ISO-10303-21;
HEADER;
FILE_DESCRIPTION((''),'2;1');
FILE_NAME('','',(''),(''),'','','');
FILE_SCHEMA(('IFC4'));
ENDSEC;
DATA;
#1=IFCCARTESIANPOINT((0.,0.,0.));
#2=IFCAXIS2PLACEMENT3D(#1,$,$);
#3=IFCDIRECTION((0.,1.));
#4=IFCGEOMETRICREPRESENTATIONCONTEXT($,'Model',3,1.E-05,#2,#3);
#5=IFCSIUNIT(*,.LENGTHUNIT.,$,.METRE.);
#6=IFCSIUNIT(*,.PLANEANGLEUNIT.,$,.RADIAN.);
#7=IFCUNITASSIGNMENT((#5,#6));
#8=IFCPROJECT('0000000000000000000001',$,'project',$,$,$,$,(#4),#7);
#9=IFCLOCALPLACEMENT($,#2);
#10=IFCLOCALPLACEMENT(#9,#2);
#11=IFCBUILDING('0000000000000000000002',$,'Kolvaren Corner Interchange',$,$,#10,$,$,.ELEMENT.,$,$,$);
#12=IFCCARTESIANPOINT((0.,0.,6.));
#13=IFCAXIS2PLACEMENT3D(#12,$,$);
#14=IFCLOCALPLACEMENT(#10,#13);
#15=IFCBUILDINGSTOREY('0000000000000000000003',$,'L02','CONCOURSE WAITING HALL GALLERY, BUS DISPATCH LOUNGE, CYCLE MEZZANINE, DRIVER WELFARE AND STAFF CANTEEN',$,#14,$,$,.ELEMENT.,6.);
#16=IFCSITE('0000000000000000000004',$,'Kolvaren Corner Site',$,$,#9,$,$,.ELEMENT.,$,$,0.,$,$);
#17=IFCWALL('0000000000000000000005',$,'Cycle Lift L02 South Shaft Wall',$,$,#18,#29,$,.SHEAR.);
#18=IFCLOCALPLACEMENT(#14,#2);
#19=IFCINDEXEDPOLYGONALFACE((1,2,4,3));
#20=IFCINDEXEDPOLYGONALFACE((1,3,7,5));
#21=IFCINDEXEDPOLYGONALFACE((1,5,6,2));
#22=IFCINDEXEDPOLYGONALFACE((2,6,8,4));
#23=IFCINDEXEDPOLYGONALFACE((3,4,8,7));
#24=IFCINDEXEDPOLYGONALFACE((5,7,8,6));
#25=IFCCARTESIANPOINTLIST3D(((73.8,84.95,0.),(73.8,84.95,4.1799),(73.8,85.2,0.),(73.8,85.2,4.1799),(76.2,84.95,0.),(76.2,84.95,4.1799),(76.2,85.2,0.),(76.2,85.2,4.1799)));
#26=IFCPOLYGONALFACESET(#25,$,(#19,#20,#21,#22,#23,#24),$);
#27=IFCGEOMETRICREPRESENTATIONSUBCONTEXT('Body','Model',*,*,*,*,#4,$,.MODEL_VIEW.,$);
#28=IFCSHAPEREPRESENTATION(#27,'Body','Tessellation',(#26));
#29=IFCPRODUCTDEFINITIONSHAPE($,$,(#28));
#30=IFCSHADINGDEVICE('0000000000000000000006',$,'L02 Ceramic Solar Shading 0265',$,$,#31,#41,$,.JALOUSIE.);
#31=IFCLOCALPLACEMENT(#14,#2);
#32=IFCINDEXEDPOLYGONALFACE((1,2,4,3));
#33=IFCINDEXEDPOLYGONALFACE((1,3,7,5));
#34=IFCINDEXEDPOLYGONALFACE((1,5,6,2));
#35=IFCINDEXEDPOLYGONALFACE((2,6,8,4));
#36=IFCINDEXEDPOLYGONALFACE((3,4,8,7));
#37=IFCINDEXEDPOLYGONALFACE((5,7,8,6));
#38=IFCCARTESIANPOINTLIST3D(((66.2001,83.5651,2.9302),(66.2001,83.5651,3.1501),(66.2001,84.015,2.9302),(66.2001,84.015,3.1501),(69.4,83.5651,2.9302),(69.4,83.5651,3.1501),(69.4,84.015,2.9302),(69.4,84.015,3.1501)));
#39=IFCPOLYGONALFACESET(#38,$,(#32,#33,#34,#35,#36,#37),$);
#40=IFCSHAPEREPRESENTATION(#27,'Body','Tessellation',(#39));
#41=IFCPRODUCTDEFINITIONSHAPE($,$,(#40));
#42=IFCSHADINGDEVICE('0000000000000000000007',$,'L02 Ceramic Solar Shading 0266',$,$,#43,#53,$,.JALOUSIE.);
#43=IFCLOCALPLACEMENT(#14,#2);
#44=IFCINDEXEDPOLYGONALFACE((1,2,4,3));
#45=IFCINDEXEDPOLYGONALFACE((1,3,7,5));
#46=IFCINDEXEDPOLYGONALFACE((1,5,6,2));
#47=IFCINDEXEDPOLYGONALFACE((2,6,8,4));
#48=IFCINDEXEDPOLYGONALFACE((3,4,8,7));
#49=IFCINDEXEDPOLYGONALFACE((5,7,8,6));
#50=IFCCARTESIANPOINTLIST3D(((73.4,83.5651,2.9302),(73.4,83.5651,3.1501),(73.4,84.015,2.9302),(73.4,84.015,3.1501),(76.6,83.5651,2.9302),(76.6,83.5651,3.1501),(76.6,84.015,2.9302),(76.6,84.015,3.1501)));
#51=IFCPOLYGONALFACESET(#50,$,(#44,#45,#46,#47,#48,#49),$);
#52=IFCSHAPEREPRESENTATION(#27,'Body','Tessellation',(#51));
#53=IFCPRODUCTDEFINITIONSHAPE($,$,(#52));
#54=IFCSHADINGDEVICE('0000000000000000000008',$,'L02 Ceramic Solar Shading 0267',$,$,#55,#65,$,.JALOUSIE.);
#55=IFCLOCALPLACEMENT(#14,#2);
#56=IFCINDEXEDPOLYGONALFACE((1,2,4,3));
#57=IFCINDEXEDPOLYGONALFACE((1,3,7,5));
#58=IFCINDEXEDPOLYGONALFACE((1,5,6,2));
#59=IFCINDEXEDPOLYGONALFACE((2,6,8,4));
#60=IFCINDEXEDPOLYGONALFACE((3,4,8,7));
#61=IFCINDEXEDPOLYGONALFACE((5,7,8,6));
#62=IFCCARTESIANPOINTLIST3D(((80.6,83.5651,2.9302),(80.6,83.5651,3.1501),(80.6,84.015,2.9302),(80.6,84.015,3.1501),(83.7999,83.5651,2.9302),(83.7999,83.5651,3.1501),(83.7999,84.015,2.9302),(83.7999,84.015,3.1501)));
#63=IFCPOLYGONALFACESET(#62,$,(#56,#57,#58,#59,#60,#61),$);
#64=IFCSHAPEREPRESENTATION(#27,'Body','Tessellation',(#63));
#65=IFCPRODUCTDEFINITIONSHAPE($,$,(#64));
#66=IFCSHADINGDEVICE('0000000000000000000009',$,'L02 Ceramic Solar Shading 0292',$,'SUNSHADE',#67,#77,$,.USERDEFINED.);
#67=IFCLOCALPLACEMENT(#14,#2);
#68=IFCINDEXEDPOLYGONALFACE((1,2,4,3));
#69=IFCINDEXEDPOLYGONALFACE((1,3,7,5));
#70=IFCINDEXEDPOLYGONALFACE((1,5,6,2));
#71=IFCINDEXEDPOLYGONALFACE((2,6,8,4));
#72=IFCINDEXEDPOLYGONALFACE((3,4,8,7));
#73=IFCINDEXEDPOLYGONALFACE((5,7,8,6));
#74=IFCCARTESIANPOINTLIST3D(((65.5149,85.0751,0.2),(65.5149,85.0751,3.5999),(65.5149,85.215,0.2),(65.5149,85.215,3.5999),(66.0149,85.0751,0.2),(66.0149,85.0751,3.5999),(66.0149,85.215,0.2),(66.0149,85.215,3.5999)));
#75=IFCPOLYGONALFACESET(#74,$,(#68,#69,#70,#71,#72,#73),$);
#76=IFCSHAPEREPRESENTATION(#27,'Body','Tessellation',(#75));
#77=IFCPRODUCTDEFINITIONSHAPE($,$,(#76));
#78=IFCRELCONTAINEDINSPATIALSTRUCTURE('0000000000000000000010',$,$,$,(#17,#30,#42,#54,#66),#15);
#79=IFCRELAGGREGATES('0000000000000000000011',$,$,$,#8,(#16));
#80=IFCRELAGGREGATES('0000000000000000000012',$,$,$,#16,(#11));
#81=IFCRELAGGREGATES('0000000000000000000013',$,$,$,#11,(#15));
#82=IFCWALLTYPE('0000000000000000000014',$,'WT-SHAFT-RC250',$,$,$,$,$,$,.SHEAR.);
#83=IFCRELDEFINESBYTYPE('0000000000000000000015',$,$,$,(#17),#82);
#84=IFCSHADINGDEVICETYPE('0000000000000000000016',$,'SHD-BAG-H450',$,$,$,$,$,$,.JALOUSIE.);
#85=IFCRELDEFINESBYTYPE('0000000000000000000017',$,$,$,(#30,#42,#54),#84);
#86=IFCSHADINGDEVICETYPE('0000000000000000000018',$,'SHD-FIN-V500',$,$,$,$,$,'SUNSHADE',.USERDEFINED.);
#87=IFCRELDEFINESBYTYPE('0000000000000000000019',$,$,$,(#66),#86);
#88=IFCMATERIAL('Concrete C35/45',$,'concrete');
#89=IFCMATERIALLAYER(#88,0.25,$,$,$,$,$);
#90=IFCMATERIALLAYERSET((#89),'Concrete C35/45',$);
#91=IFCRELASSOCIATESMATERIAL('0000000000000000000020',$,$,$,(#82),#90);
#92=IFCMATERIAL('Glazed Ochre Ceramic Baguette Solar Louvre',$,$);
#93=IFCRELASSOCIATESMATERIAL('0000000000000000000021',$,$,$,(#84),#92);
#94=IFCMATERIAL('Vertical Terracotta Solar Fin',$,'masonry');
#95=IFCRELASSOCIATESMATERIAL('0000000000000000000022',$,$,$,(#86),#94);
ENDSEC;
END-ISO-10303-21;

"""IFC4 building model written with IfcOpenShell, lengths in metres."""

from ifc_helpers import new_model, si_unit, direction, frame, frame_2d, origin, origin_2d, place, context, subcontext, project, spatial, rectangle, extrude, material, layer, layer_set, type_object, element, save


model = new_model("IFC4")

# Units and contexts
model_context = context("Model", 3, precision=1e-05, world=origin(), true_north=direction((0.0, 1.0)))
body_context = subcontext(model_context, "Body", "Model", "MODEL_VIEW")
ifc_project = project(units=[si_unit("LENGTHUNIT", "METRE"), si_unit("PLANEANGLEUNIT", "RADIAN")], contexts=[model_context])

# Site, building, storey
site_placement = place(None, origin())
site = spatial("IfcSite", under=ifc_project, at=site_placement, Name="Kolvaren Corner Site", CompositionType="ELEMENT", RefElevation=0.0)
building_placement = place(site_placement, origin())
building = spatial("IfcBuilding", under=site, at=building_placement, Name="Kolvaren Corner Interchange", CompositionType="ELEMENT")
storey_placement = place(building_placement, frame((0.0, 0.0, 6.0)))
storey = spatial("IfcBuildingStorey", under=building, at=storey_placement, Name="L02", Description="CONCOURSE WAITING HALL GALLERY, BUS DISPATCH LOUNGE, CYCLE MEZZANINE, DRIVER WELFARE AND STAFF CANTEEN", CompositionType="ELEMENT", Elevation=6.0)

# Wall
ifc_material_1 = material(Name="Concrete C35/45", Category="concrete")
ifc_layer_1 = layer(ifc_material_1, 0.25)
ifc_layer_set_1 = layer_set([ifc_layer_1], Name="Concrete C35/45")
wall_type_1 = type_object("IfcWallType", Name="WT-SHAFT-RC250", PredefinedType="SHEAR", material=ifc_layer_set_1)
wall_1_placement = place(storey_placement, frame((73.8, 85.075, 0.0), z_axis=(0.0, 0.0, 1.0), x_axis=(1.0, 0.0, 0.0)))
element("IfcWall", 1, at=wall_1_placement, inside=storey, type_object=wall_type_1, Name="Cycle Lift L02 South Shaft Wall", PredefinedType="SHEAR", context=body_context, shape_type="SweptSolid", body=[
    extrude(rectangle(XDim=2.3999, YDim=0.25, at=frame_2d((1.2, 0.0))), origin(), (0.0, 0.0, 1.0), 4.1799),
])

# Shading devices
ifc_material_2 = material(Name="Glazed Ochre Ceramic Baguette Solar Louvre")
shading_device_type_1 = type_object("IfcShadingDeviceType", Name="SHD-BAG-H450", PredefinedType="JALOUSIE", material=ifc_material_2)
for number, where, z_axis, x_axis, name in (
    (2, (67.8, 83.79, 2.9302), (0.0, 0.0, 1.0), (1.0, 0.0, 0.0), "L02 Ceramic Solar Shading 0265"),
    (3, (75.0, 83.79, 2.9302), (0.0, 0.0, 1.0), (1.0, 0.0, 0.0), "L02 Ceramic Solar Shading 0266"),
    (4, (82.2, 83.79, 2.9302), (0.0, 0.0, 1.0), (1.0, 0.0, 0.0), "L02 Ceramic Solar Shading 0267"),
):
    element("IfcShadingDevice", number, at=place(storey_placement, frame(where, z_axis=z_axis, x_axis=x_axis)), inside=storey, type_object=shading_device_type_1, Name=name, PredefinedType="JALOUSIE", context=body_context, shape_type="SweptSolid", body=[
        extrude(rectangle(XDim=3.2, YDim=0.45, at=origin_2d()), origin(), (0.0, 0.0, 1.0), 0.22),
    ])
ifc_material_3 = material(Name="Vertical Terracotta Solar Fin", Category="masonry")
shading_device_type_2 = type_object("IfcShadingDeviceType", Name="SHD-FIN-V500", ElementType="SUNSHADE", PredefinedType="USERDEFINED", material=ifc_material_3)
shading_device_placement = place(storey_placement, frame((65.7649, 85.145, 0.2), z_axis=(0.0, 0.0, 1.0), x_axis=(0.0, -1.0, 0.0)))
element("IfcShadingDevice", 5, at=shading_device_placement, inside=storey, type_object=shading_device_type_2, Name="L02 Ceramic Solar Shading 0292", ObjectType="SUNSHADE", PredefinedType="USERDEFINED", context=body_context, shape_type="SweptSolid", body=[
    extrude(rectangle(XDim=0.1399, YDim=0.5, at=origin_2d()), origin(), (0.0, 0.0, 1.0), 3.3999),
])

save(model, "model.ifc")
